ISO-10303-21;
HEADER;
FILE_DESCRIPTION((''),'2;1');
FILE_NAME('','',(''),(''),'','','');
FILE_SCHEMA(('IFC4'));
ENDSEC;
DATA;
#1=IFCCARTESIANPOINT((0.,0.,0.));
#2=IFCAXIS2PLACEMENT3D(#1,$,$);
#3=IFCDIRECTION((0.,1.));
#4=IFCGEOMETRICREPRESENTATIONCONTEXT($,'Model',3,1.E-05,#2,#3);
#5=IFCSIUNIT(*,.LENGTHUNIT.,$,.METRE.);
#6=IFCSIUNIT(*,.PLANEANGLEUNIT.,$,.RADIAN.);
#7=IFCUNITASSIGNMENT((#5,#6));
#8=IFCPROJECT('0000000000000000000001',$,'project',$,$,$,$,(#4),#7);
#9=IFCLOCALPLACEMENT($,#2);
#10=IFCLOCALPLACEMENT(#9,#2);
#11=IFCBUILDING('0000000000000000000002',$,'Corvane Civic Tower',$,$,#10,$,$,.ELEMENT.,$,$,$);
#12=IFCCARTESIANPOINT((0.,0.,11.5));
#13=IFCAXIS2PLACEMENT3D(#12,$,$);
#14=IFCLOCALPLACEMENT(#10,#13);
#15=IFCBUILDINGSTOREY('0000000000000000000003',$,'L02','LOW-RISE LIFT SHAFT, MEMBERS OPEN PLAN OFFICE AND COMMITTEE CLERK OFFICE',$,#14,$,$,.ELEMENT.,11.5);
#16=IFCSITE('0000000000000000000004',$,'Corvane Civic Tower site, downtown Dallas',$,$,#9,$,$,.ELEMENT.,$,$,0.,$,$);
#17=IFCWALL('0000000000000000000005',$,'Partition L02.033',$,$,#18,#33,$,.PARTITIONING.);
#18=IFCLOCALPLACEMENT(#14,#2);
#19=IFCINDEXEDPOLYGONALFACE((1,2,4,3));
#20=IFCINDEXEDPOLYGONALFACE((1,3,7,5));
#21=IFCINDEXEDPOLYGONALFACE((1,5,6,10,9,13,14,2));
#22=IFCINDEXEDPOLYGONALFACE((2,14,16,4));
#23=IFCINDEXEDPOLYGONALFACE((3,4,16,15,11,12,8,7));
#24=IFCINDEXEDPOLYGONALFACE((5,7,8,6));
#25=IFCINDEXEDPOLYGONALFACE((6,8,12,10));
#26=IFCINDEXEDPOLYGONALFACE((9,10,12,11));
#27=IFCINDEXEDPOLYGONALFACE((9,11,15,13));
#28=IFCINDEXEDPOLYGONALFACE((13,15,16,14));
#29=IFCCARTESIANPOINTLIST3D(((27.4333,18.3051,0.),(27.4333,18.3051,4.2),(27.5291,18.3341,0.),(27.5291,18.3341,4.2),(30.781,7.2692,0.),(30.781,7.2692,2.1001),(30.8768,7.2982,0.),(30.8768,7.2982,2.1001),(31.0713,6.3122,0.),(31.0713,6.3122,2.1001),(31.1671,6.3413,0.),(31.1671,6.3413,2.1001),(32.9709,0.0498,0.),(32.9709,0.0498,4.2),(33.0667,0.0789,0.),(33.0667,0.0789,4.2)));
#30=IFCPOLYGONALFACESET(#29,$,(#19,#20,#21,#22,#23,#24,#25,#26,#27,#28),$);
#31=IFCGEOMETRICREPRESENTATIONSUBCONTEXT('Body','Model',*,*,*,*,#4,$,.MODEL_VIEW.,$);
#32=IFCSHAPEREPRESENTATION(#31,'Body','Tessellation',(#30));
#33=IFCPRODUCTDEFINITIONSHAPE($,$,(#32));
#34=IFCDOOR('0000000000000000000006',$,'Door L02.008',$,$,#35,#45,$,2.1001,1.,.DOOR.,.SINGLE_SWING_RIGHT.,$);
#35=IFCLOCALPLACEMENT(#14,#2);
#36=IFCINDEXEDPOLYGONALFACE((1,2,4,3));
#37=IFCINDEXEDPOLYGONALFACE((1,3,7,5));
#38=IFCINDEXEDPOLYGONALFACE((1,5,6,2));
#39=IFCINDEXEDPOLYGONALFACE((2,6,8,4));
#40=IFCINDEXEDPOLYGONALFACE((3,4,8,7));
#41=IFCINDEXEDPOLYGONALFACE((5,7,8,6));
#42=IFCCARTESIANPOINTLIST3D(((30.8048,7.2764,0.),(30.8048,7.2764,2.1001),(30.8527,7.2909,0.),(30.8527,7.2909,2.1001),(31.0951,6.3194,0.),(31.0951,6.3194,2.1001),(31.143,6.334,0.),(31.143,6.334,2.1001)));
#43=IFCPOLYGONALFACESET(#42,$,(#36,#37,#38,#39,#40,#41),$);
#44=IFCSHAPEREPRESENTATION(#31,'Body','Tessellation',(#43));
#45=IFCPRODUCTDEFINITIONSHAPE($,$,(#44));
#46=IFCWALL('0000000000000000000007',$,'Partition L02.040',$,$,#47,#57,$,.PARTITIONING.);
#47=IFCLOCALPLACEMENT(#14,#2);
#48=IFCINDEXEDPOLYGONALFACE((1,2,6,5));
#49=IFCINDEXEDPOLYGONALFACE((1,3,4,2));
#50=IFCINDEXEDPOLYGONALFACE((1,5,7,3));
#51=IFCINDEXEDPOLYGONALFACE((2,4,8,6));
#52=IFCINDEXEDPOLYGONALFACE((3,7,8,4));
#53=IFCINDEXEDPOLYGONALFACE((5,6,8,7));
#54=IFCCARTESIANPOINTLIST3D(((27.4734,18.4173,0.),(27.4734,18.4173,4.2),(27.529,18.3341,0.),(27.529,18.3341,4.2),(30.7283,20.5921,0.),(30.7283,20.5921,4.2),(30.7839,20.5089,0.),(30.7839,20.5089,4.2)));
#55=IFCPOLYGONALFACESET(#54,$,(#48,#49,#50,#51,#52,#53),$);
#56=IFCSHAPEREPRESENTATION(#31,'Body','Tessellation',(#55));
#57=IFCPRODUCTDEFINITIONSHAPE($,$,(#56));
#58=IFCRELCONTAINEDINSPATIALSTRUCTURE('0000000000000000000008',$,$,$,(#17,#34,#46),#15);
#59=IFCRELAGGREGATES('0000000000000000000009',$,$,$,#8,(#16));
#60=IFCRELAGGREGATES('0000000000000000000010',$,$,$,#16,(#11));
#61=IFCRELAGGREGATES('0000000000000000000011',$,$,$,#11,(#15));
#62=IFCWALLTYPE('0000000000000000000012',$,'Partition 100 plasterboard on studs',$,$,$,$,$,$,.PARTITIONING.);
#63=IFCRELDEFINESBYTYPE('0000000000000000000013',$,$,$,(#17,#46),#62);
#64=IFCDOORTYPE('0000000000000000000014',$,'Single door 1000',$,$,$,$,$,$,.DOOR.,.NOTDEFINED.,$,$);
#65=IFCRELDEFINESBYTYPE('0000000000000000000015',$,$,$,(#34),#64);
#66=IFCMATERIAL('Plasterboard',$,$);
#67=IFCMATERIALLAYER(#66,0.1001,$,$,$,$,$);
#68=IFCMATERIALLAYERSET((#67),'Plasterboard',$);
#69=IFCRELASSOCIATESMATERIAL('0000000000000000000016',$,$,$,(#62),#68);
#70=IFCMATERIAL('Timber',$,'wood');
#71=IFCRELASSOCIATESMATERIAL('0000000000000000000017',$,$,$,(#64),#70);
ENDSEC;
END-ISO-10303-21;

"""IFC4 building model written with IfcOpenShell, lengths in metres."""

from ifc_helpers import new_model, si_unit, direction, frame, frame_2d, origin, place, context, subcontext, project, spatial, rectangle, extrude, material, layer, layer_set, type_object, element, fill, save


model = new_model("IFC4")

# Units and contexts
model_context = context("Model", 3, precision=1e-05, world=origin(), true_north=direction((0.0, 1.0)))
body_context = subcontext(model_context, "Body", "Model", "MODEL_VIEW")
ifc_project = project(units=[si_unit("LENGTHUNIT", "METRE"), si_unit("PLANEANGLEUNIT", "RADIAN")], contexts=[model_context])

# Site, building, storey
site_placement = place(None, origin())
site = spatial("IfcSite", under=ifc_project, at=site_placement, Name="Corvane Civic Tower site, downtown Dallas", CompositionType="ELEMENT", RefElevation=0.0)
building_placement = place(site_placement, origin())
building = spatial("IfcBuilding", under=site, at=building_placement, Name="Corvane Civic Tower", CompositionType="ELEMENT")
storey_placement = place(building_placement, frame((0.0, 0.0, 11.5)))
storey = spatial("IfcBuildingStorey", under=building, at=storey_placement, Name="L02", Description="LOW-RISE LIFT SHAFT, MEMBERS OPEN PLAN OFFICE AND COMMITTEE CLERK OFFICE", CompositionType="ELEMENT", Elevation=11.5)

# Shared definitions
ifc_material_1 = material(Name="Plasterboard")
ifc_layer_1 = layer(ifc_material_1, 0.1001)
ifc_layer_set_1 = layer_set([ifc_layer_1], Name="Plasterboard")
wall_type_1 = type_object("IfcWallType", Name="Partition 100 plasterboard on studs", PredefinedType="PARTITIONING", material=ifc_layer_set_1)

# Wall, opening, door
wall_1_placement = place(storey_placement, frame((27.4812, 18.3196, 0.0), z_axis=(0.0, 0.0, 1.0), x_axis=(0.290283, -0.956941, 0.0)))
wall_1 = element("IfcWall", 1, at=wall_1_placement, inside=storey, type_object=wall_type_1, Name="Partition L02.033", PredefinedType="PARTITIONING", context=body_context, shape_type="SweptSolid", body=[
    extrude(rectangle(XDim=19.0767, YDim=0.1001, at=frame_2d((9.5383, 0.0))), origin(), (0.0, 0.0, 1.0), 4.2),
])
opening_1_placement = place(wall_1_placement, frame((11.5325, 0.0, 0.0)))
opening_1 = element("IfcOpeningElement", 2, at=opening_1_placement, cuts=wall_1, PredefinedType="OPENING", context=body_context, shape_type="SweptSolid", body=[
    extrude(rectangle(XDim=1.0, YDim=2.1001, at=frame_2d((0.5, 1.05))), frame((0.0, 0.0601, 0.0), z_axis=(0.0, -1.0, 0.0), x_axis=(1.0, 0.0, 0.0)), (0.0, 0.0, 1.0), 0.1201),
])
ifc_material_2 = material(Name="Timber", Category="wood")
door_type_1 = type_object("IfcDoorType", Name="Single door 1000", OperationType="NOTDEFINED", PredefinedType="DOOR", material=ifc_material_2)
door_1_placement = place(opening_1_placement, origin())
door_1 = element("IfcDoor", 3, at=door_1_placement, inside=storey, type_object=door_type_1, Name="Door L02.008", OperationType="SINGLE_SWING_RIGHT", OverallHeight=2.1001, OverallWidth=1.0, PredefinedType="DOOR", context=body_context, shape_type="SweptSolid", body=[
    extrude(rectangle(XDim=1.0, YDim=2.1001, at=frame_2d((0.5, 1.05))), frame((0.0, 0.0249, 0.0), z_axis=(0.0, -1.0, 0.0), x_axis=(1.0, 0.0, 0.0)), (0.0, 0.0, 1.0), 0.05),
])
fill(opening_1, door_1)

# Wall
wall_2_placement = place(storey_placement, frame((27.5012, 18.3757, 0.0), z_axis=(0.0, 0.0, 1.0), x_axis=(0.831474, 0.555563, 0.0)))
element("IfcWall", 4, at=wall_2_placement, inside=storey, type_object=wall_type_1, Name="Partition L02.040", PredefinedType="PARTITIONING", context=body_context, shape_type="SweptSolid", body=[
    extrude(rectangle(XDim=3.9146, YDim=0.1001, at=frame_2d((1.9573, 0.0))), origin(), (0.0, 0.0, 1.0), 4.2),
])

save(model, "model.ifc")
